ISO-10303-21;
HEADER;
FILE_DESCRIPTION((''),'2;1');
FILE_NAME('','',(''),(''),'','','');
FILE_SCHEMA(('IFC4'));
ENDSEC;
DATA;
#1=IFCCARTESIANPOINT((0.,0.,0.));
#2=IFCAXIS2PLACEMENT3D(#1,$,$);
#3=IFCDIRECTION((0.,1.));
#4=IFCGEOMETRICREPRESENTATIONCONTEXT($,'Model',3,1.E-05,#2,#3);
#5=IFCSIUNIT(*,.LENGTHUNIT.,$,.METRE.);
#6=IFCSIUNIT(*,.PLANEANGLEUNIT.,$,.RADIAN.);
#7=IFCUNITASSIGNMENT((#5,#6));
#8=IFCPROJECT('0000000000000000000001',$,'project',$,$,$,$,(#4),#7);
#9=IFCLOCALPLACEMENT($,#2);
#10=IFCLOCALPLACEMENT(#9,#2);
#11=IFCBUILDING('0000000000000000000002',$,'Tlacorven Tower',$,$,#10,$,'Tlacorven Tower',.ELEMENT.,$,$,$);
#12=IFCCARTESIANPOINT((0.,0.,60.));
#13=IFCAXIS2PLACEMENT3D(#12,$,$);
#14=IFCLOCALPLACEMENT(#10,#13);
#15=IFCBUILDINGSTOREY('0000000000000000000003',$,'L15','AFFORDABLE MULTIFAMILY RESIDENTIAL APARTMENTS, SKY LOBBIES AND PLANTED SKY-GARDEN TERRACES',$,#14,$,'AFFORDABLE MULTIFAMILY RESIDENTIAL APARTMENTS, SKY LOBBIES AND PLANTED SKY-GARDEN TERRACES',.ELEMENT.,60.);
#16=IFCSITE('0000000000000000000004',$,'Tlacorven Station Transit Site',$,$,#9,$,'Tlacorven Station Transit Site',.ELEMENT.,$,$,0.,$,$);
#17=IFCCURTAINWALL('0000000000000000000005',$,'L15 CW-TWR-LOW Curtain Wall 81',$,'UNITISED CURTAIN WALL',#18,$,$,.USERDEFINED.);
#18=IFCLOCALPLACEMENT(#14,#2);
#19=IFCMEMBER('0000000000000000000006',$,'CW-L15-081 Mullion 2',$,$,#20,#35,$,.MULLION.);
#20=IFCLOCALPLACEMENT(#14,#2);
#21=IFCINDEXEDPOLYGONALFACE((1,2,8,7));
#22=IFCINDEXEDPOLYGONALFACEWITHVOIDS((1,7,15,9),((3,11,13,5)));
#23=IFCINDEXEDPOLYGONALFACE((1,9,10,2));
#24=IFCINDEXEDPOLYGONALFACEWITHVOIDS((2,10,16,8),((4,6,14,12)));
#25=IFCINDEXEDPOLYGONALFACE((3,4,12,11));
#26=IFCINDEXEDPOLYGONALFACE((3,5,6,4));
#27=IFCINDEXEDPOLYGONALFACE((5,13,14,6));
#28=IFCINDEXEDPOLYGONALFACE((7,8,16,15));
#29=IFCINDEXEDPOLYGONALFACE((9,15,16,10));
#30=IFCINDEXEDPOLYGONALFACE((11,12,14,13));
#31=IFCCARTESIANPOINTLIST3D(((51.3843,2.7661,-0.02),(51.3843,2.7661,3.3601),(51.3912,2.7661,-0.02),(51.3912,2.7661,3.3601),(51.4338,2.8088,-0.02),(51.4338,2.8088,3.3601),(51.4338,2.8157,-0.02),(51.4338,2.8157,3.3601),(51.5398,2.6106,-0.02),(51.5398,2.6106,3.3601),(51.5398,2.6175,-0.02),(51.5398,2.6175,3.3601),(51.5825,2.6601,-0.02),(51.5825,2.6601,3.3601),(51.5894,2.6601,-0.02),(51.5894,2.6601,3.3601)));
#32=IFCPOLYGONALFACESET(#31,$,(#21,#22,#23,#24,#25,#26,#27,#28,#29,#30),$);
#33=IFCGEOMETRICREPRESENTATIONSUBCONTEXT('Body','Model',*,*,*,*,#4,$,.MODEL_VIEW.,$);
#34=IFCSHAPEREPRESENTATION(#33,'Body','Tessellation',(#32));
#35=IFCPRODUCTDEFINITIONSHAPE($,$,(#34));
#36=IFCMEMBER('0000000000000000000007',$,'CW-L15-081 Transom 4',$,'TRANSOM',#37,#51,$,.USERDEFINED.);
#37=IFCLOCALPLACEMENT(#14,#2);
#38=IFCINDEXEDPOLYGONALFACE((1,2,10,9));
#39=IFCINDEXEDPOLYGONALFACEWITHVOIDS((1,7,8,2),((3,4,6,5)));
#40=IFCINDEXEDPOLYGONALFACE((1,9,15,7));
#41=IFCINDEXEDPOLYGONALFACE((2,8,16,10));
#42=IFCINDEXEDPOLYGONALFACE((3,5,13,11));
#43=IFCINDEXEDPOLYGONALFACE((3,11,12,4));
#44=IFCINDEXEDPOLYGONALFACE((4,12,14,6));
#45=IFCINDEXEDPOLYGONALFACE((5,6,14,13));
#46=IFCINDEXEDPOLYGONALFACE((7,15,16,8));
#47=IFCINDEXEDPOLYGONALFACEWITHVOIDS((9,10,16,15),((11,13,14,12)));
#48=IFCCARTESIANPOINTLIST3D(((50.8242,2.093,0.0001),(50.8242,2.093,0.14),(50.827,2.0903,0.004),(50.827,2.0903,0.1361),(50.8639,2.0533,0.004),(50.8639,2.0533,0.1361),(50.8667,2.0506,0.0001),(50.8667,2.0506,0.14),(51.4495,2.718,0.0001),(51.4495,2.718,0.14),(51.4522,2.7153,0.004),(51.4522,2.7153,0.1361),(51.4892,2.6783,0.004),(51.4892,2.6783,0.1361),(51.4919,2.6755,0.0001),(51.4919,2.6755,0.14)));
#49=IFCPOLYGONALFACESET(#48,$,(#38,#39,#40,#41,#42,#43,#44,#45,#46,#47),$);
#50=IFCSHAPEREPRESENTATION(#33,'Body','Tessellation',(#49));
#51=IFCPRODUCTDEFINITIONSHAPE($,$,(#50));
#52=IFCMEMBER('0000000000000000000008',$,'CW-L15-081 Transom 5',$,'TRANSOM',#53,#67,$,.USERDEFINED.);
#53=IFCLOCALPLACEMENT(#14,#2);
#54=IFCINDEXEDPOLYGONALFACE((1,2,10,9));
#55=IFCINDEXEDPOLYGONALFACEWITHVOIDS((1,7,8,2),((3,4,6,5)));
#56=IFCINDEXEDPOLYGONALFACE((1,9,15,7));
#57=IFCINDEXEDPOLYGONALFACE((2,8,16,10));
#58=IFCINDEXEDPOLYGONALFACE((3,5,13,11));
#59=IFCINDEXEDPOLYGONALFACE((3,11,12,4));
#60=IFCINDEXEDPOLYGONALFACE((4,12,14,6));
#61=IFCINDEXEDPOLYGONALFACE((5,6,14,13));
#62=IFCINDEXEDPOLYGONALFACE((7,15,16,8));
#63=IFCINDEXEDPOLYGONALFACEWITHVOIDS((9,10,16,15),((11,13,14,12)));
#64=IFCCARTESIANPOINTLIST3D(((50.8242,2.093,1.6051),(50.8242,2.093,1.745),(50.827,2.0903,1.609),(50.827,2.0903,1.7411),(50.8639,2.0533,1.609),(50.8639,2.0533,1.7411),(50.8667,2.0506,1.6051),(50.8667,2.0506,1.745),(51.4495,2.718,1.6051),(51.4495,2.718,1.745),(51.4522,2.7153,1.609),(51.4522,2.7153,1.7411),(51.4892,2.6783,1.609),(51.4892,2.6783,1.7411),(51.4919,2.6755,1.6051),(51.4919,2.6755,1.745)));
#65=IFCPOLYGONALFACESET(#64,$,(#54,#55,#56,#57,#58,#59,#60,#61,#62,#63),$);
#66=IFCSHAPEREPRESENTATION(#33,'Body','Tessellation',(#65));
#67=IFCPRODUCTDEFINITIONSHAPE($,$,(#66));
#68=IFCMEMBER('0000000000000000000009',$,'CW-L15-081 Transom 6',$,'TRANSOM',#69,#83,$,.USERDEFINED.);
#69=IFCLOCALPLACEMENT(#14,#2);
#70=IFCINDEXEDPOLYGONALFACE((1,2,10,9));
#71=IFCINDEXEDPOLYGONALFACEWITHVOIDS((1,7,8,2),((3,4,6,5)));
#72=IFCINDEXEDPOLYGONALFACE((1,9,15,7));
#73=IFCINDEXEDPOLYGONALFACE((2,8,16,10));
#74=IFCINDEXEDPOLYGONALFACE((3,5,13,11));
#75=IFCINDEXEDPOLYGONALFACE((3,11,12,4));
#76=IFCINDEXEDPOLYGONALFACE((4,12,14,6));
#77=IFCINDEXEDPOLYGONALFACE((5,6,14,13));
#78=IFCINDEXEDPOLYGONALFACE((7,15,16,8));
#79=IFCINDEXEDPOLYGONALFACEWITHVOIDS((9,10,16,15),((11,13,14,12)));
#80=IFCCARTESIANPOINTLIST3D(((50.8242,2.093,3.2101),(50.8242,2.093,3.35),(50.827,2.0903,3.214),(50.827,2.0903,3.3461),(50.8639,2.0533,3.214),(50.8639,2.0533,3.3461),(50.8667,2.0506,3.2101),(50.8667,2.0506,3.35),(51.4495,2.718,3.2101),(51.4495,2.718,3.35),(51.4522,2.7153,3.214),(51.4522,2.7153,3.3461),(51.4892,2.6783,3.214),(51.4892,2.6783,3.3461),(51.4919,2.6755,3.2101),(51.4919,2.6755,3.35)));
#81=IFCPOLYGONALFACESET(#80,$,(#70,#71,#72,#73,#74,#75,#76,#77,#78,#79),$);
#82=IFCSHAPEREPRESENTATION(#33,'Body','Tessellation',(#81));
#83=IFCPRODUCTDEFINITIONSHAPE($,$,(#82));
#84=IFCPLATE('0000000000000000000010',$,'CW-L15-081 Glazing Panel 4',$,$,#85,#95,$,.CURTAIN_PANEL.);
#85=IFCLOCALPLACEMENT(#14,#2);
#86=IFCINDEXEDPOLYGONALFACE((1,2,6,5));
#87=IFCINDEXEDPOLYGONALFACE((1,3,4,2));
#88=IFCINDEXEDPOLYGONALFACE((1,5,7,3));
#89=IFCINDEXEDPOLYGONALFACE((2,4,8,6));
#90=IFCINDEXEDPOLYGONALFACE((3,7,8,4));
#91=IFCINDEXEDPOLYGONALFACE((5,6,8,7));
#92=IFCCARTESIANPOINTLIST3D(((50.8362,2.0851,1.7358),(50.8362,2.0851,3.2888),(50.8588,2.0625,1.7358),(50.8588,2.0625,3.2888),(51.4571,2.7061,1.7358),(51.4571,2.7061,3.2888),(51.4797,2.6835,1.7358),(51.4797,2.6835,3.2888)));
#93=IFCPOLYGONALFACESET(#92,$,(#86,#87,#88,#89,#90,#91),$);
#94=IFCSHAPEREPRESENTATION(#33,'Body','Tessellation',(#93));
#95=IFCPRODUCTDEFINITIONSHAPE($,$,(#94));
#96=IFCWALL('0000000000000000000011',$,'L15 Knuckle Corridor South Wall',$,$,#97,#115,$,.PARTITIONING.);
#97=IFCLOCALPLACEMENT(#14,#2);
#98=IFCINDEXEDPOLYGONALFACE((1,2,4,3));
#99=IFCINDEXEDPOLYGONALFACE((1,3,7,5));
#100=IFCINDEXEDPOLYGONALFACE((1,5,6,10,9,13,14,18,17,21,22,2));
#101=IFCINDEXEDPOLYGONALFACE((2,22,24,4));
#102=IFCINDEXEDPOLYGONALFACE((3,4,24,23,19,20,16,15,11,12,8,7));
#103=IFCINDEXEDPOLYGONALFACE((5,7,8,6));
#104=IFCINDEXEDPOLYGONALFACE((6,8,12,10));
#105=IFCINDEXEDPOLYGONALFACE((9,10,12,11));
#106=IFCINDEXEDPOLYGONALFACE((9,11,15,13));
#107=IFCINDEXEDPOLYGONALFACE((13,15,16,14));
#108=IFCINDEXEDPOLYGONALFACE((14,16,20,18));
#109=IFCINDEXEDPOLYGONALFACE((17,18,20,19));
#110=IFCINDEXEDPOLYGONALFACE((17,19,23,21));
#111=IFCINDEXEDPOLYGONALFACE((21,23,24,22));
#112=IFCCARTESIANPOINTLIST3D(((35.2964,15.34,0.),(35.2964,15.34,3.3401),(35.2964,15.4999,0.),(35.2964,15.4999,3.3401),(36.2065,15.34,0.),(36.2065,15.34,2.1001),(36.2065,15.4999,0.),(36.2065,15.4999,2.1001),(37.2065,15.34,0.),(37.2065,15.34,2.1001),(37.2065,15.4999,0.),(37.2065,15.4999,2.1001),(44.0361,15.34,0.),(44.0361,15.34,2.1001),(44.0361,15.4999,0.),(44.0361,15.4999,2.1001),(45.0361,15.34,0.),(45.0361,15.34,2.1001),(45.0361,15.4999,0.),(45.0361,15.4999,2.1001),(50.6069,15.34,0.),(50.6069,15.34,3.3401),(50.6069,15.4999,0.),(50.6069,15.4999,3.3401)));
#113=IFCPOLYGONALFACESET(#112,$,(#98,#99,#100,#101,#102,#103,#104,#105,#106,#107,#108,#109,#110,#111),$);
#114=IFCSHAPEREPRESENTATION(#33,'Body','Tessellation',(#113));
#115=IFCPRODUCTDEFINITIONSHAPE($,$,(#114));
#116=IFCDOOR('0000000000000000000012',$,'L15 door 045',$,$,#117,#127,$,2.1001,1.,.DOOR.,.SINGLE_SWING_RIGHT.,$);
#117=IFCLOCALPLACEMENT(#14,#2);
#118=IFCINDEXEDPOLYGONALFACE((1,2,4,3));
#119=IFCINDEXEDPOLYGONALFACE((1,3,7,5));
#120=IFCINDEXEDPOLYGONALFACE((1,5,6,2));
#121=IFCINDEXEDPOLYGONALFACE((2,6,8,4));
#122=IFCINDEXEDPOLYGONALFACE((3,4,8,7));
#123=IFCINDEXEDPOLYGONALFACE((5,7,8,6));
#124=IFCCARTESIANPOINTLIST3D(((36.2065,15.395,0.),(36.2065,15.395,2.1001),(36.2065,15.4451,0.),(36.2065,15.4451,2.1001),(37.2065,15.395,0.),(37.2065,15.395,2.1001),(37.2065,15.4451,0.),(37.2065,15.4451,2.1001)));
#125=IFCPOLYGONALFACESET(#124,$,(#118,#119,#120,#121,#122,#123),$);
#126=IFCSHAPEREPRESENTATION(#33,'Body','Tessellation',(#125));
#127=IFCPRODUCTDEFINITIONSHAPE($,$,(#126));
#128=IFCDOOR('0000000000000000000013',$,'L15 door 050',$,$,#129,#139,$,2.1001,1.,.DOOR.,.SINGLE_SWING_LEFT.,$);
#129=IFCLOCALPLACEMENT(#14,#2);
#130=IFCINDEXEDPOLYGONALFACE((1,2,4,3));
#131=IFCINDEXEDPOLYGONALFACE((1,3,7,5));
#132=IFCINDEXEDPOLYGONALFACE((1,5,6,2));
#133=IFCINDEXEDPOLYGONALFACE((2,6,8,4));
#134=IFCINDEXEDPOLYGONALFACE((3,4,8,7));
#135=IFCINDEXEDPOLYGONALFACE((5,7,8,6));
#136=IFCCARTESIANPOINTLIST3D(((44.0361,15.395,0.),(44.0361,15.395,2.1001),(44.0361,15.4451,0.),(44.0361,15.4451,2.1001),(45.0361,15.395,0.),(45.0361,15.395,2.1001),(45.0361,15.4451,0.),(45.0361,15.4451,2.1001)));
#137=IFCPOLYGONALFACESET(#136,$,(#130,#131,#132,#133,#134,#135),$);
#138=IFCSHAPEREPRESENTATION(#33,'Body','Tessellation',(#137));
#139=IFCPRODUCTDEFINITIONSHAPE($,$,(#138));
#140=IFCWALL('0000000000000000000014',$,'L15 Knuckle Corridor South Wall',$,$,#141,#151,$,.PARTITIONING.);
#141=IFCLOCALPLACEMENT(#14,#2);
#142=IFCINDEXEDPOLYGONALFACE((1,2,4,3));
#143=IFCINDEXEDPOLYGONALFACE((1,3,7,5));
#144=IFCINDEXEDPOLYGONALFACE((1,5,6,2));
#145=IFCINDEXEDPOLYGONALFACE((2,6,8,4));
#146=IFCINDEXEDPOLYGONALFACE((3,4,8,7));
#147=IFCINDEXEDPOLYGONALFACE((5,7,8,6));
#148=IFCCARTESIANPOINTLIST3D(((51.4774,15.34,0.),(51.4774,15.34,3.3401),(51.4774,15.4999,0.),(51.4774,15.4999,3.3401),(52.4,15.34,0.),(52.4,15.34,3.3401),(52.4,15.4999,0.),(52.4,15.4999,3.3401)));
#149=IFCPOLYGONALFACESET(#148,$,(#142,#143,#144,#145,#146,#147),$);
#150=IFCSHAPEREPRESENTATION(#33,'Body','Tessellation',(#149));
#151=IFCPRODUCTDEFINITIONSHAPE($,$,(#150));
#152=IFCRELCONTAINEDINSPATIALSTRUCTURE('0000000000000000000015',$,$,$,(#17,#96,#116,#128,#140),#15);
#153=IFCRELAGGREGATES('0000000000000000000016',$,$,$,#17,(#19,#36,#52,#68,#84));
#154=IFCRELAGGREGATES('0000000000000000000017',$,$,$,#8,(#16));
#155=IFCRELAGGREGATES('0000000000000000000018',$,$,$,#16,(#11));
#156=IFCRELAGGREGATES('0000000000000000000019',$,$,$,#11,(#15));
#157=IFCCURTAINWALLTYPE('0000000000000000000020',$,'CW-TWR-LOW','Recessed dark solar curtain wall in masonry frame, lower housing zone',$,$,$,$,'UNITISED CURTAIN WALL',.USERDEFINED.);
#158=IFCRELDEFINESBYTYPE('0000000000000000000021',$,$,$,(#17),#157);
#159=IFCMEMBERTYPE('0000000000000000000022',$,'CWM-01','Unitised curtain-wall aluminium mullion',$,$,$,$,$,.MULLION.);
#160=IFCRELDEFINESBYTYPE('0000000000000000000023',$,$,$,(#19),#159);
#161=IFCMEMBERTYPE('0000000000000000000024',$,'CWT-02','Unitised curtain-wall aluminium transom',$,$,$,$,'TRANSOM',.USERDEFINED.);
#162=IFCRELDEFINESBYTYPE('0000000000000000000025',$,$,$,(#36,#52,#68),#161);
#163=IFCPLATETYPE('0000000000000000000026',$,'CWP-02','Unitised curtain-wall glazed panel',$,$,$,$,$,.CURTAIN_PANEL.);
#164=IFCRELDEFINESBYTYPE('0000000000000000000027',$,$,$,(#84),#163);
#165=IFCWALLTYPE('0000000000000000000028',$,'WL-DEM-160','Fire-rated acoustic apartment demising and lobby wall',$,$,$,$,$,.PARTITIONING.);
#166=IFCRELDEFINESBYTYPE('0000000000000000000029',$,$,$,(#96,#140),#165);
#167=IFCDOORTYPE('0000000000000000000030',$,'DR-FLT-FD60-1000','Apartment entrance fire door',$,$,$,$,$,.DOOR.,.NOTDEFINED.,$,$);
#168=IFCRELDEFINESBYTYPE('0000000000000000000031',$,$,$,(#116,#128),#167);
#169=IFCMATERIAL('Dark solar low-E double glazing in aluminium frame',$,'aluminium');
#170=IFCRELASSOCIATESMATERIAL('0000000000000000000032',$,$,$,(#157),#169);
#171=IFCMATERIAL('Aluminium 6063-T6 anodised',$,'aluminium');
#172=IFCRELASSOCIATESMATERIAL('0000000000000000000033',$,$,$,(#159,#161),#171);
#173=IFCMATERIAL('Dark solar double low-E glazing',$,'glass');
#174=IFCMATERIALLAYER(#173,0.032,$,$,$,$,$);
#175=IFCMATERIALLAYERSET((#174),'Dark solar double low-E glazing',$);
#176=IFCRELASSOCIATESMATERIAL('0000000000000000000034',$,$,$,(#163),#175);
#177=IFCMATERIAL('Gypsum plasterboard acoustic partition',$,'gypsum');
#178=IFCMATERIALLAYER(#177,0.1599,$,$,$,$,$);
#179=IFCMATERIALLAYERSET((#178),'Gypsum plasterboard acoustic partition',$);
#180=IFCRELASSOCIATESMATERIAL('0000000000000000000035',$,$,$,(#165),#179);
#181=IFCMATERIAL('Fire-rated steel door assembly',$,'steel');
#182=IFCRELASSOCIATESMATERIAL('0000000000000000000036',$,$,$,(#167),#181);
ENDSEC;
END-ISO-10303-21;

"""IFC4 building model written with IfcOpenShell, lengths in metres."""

from ifc_helpers import new_model, si_unit, direction, frame, frame_2d, origin, origin_2d, place, context, subcontext, project, spatial, rectangle, hollow_rectangle, extrude, source, transform, mapped, material, layer, layer_set, material_profile, profile_set, type_object, element, fill, aggregate, save


model = new_model("IFC4")

# Units and contexts
model_context = context("Model", 3, precision=1e-05, world=origin(), true_north=direction((0.0, 1.0)))
body_context = subcontext(model_context, "Body", "Model", "MODEL_VIEW")
ifc_project = project(units=[si_unit("LENGTHUNIT", "METRE"), si_unit("PLANEANGLEUNIT", "RADIAN")], contexts=[model_context])

# Site, building, storey
site_placement = place(None, origin())
site = spatial("IfcSite", under=ifc_project, at=site_placement, Name="Tlacorven Station Transit Site", LongName="Tlacorven Station Transit Site", CompositionType="ELEMENT", RefElevation=0.0)
building_placement = place(site_placement, origin())
building = spatial("IfcBuilding", under=site, at=building_placement, Name="Tlacorven Tower", LongName="Tlacorven Tower", CompositionType="ELEMENT")
storey_placement = place(building_placement, frame((0.0, 0.0, 60.0)))
storey = spatial("IfcBuildingStorey", under=building, at=storey_placement, Name="L15", Description="AFFORDABLE MULTIFAMILY RESIDENTIAL APARTMENTS, SKY LOBBIES AND PLANTED SKY-GARDEN TERRACES", LongName="AFFORDABLE MULTIFAMILY RESIDENTIAL APARTMENTS, SKY LOBBIES AND PLANTED SKY-GARDEN TERRACES", CompositionType="ELEMENT", Elevation=60.0)

# Curtain wall, members, plate
ifc_material_1 = material(Name="Dark solar low-E double glazing in aluminium frame", Category="aluminium")
curtain_wall_type = type_object("IfcCurtainWallType", Name="CW-TWR-LOW", Description="Recessed dark solar curtain wall in masonry frame, lower housing zone", ElementType="UNITISED CURTAIN WALL", PredefinedType="USERDEFINED", material=ifc_material_1)
curtain_wall_placement = place(storey_placement, origin())
curtain_wall = element("IfcCurtainWall", 1, at=curtain_wall_placement, inside=storey, type_object=curtain_wall_type, Name="L15 CW-TWR-LOW Curtain Wall 81", ObjectType="UNITISED CURTAIN WALL", PredefinedType="USERDEFINED")
ifc_material_2 = material(Name="Aluminium 6063-T6 anodised", Category="aluminium")
ifc_material_profile_1 = material_profile(ifc_material_2, hollow_rectangle(XDim=0.0701, YDim=0.22, WallThickness=0.0049, at=origin_2d()), Name="ALU MULLION 70X220")
ifc_profile_set_1 = profile_set([ifc_material_profile_1], Name="Aluminium 6063-T6 anodised")
member_type_1 = type_object("IfcMemberType", Name="CWM-01", Description="Unitised curtain-wall aluminium mullion", PredefinedType="MULLION", material=ifc_profile_set_1)
shared_shape_1 = source(origin(), body_context, "Body", "SweptSolid", [
    extrude(hollow_rectangle(XDim=0.0701, YDim=0.22, WallThickness=0.0049, at=origin_2d()), origin(), (0.0, 0.0, 1.0), 3.3801),
])
member_1_placement = place(storey_placement, frame((51.4868, 2.7131, -0.02), z_axis=(0.0, 0.0, 1.0), x_axis=(-0.707107, -0.707107, 0.0)))
member_1 = element("IfcMember", 2, at=member_1_placement, type_object=member_type_1, Name="CW-L15-081 Mullion 2", PredefinedType="MULLION", context=body_context, shape_type="MappedRepresentation", body=[
    mapped(shared_shape_1, transform((0.0, 0.0, 0.0), scale=1.0)),
])
ifc_material_profile_2 = material_profile(ifc_material_2, hollow_rectangle(XDim=0.0601, YDim=0.1399, WallThickness=0.0039, at=origin_2d()), Name="ALU TRANSOM 60X140")
ifc_profile_set_2 = profile_set([ifc_material_profile_2], Name="Aluminium 6063-T6 anodised")
member_type_2 = type_object("IfcMemberType", Name="CWT-02", Description="Unitised curtain-wall aluminium transom", ElementType="TRANSOM", PredefinedType="USERDEFINED", material=ifc_profile_set_2)
shared_shape_2 = source(origin(), body_context, "Body", "SweptSolid", [
    extrude(hollow_rectangle(XDim=0.0601, YDim=0.1399, WallThickness=0.0039, at=origin_2d()), origin(), (0.0, 0.0, 1.0), 0.884),
])
member_2_placement = place(storey_placement, frame((51.4707, 2.6968, 0.0701), z_axis=(-0.707245, -0.706969, 0.0), x_axis=(0.706969, -0.707245, 0.0)))
member_2 = element("IfcMember", 3, at=member_2_placement, type_object=member_type_2, Name="CW-L15-081 Transom 4", ObjectType="TRANSOM", PredefinedType="USERDEFINED", context=body_context, shape_type="MappedRepresentation", body=[
    mapped(shared_shape_2, transform((0.0, 0.0, 0.0), scale=1.0)),
])
member_3_placement = place(storey_placement, frame((51.4707, 2.6968, 1.675), z_axis=(-0.707245, -0.706969, 0.0), x_axis=(0.706969, -0.707245, 0.0)))
member_3 = element("IfcMember", 4, at=member_3_placement, type_object=member_type_2, Name="CW-L15-081 Transom 5", ObjectType="TRANSOM", PredefinedType="USERDEFINED", context=body_context, shape_type="MappedRepresentation", body=[
    mapped(shared_shape_2, transform((0.0, 0.0, 0.0), scale=1.0)),
])
member_4_placement = place(storey_placement, frame((51.4707, 2.6968, 3.28), z_axis=(-0.707245, -0.706969, 0.0), x_axis=(0.706969, -0.707245, 0.0)))
member_4 = element("IfcMember", 5, at=member_4_placement, type_object=member_type_2, Name="CW-L15-081 Transom 6", ObjectType="TRANSOM", PredefinedType="USERDEFINED", context=body_context, shape_type="MappedRepresentation", body=[
    mapped(shared_shape_2, transform((0.0, 0.0, 0.0), scale=1.0)),
])
ifc_material_3 = material(Name="Dark solar double low-E glazing", Category="glass")
ifc_layer_1 = layer(ifc_material_3, 0.032)
ifc_layer_set_1 = layer_set([ifc_layer_1], Name="Dark solar double low-E glazing")
plate_type = type_object("IfcPlateType", Name="CWP-02", Description="Unitised curtain-wall glazed panel", PredefinedType="CURTAIN_PANEL", material=ifc_layer_set_1)
shared_shape_3 = source(origin(), body_context, "Body", "SweptSolid", [
    extrude(rectangle(XDim=0.8782, YDim=0.032, at=origin_2d()), origin(), (0.0, 0.0, 1.0), 1.553),
])
plate_placement = place(storey_placement, frame((51.158, 2.3843, 1.7358), z_axis=(0.0, 0.0, 1.0), x_axis=(-0.707107, -0.707107, 0.0)))
plate = element("IfcPlate", 6, at=plate_placement, type_object=plate_type, Name="CW-L15-081 Glazing Panel 4", PredefinedType="CURTAIN_PANEL", context=body_context, shape_type="MappedRepresentation", body=[
    mapped(shared_shape_3, transform((0.0, 0.0, 0.0), scale=1.0)),
])
aggregate(curtain_wall, [member_1, member_2, member_3, member_4, plate])

# Wall, openings, doors
ifc_material_4 = material(Name="Gypsum plasterboard acoustic partition", Category="gypsum")
ifc_layer_2 = layer(ifc_material_4, 0.1599)
ifc_layer_set_2 = layer_set([ifc_layer_2], Name="Gypsum plasterboard acoustic partition")
wall_type_1 = type_object("IfcWallType", Name="WL-DEM-160", Description="Fire-rated acoustic apartment demising and lobby wall", PredefinedType="PARTITIONING", material=ifc_layer_set_2)
wall_1_placement = place(storey_placement, frame((35.2964, 15.4199, 0.0), z_axis=(0.0, 0.0, 1.0), x_axis=(1.0, 0.0, 0.0)))
wall_1 = element("IfcWall", 7, at=wall_1_placement, inside=storey, type_object=wall_type_1, Name="L15 Knuckle Corridor South Wall", PredefinedType="PARTITIONING", context=body_context, shape_type="SweptSolid", body=[
    extrude(rectangle(XDim=15.3105, YDim=0.1599, at=frame_2d((7.6553, 0.0))), origin(), (0.0, 0.0, 1.0), 3.3401),
])
opening_1_placement = place(wall_1_placement, frame((0.9102, 0.0, 0.0)))
opening_1 = element("IfcOpeningElement", 8, at=opening_1_placement, cuts=wall_1, PredefinedType="OPENING", context=body_context, shape_type="SweptSolid", body=[
    extrude(rectangle(XDim=1.0, YDim=2.1001, at=frame_2d((0.5, 1.05))), frame((0.0, 0.0898, 0.0), z_axis=(0.0, -1.0, 0.0), x_axis=(1.0, 0.0, 0.0)), (0.0, 0.0, 1.0), 0.1799),
])
opening_2_placement = place(wall_1_placement, frame((8.7397, 0.0, 0.0)))
opening_2 = element("IfcOpeningElement", 9, at=opening_2_placement, cuts=wall_1, PredefinedType="OPENING", context=body_context, shape_type="SweptSolid", body=[
    extrude(rectangle(XDim=1.0, YDim=2.1001, at=frame_2d((0.5, 1.05))), frame((0.0, 0.0898, 0.0), z_axis=(0.0, -1.0, 0.0), x_axis=(1.0, 0.0, 0.0)), (0.0, 0.0, 1.0), 0.1799),
])
ifc_material_5 = material(Name="Fire-rated steel door assembly", Category="steel")
door_type_1 = type_object("IfcDoorType", Name="DR-FLT-FD60-1000", Description="Apartment entrance fire door", OperationType="NOTDEFINED", PredefinedType="DOOR", material=ifc_material_5)
shared_shape_4 = source(origin(), body_context, "Body", "SweptSolid", [
    extrude(rectangle(XDim=1.0, YDim=2.1001, at=frame_2d((0.5, 1.05))), frame((0.0, 0.0249, 0.0), z_axis=(0.0, -1.0, 0.0), x_axis=(1.0, 0.0, 0.0)), (0.0, 0.0, 1.0), 0.05),
])
door_1_placement = place(opening_1_placement, frame((1.0, 0.0, 0.0), z_axis=(0.0, 0.0, 1.0), x_axis=(-1.0, 0.0, 0.0)))
door_1 = element("IfcDoor", 10, at=door_1_placement, inside=storey, type_object=door_type_1, Name="L15 door 045", OperationType="SINGLE_SWING_RIGHT", OverallHeight=2.1001, OverallWidth=1.0, PredefinedType="DOOR", context=body_context, shape_type="MappedRepresentation", body=[
    mapped(shared_shape_4, transform((0.0, 0.0, 0.0), scale=1.0)),
])
fill(opening_1, door_1)
door_2_placement = place(opening_2_placement, frame((1.0, 0.0, 0.0), z_axis=(0.0, 0.0, 1.0), x_axis=(-1.0, 0.0, 0.0)))
door_2 = element("IfcDoor", 11, at=door_2_placement, inside=storey, type_object=door_type_1, Name="L15 door 050", OperationType="SINGLE_SWING_LEFT", OverallHeight=2.1001, OverallWidth=1.0, PredefinedType="DOOR", context=body_context, shape_type="MappedRepresentation", body=[
    mapped(shared_shape_4, transform((0.0, 0.0, 0.0), scale=1.0)),
])
fill(opening_2, door_2)

# Wall
wall_2_placement = place(storey_placement, frame((51.4773, 15.4199, 0.0), z_axis=(0.0, 0.0, 1.0), x_axis=(1.0, 0.0, 0.0)))
element("IfcWall", 12, at=wall_2_placement, inside=storey, type_object=wall_type_1, Name="L15 Knuckle Corridor South Wall", PredefinedType="PARTITIONING", context=body_context, shape_type="SweptSolid", body=[
    extrude(rectangle(XDim=0.9226, YDim=0.1599, at=frame_2d((0.4614, 0.0))), origin(), (0.0, 0.0, 1.0), 3.3401),
])

save(model, "model.ifc")
